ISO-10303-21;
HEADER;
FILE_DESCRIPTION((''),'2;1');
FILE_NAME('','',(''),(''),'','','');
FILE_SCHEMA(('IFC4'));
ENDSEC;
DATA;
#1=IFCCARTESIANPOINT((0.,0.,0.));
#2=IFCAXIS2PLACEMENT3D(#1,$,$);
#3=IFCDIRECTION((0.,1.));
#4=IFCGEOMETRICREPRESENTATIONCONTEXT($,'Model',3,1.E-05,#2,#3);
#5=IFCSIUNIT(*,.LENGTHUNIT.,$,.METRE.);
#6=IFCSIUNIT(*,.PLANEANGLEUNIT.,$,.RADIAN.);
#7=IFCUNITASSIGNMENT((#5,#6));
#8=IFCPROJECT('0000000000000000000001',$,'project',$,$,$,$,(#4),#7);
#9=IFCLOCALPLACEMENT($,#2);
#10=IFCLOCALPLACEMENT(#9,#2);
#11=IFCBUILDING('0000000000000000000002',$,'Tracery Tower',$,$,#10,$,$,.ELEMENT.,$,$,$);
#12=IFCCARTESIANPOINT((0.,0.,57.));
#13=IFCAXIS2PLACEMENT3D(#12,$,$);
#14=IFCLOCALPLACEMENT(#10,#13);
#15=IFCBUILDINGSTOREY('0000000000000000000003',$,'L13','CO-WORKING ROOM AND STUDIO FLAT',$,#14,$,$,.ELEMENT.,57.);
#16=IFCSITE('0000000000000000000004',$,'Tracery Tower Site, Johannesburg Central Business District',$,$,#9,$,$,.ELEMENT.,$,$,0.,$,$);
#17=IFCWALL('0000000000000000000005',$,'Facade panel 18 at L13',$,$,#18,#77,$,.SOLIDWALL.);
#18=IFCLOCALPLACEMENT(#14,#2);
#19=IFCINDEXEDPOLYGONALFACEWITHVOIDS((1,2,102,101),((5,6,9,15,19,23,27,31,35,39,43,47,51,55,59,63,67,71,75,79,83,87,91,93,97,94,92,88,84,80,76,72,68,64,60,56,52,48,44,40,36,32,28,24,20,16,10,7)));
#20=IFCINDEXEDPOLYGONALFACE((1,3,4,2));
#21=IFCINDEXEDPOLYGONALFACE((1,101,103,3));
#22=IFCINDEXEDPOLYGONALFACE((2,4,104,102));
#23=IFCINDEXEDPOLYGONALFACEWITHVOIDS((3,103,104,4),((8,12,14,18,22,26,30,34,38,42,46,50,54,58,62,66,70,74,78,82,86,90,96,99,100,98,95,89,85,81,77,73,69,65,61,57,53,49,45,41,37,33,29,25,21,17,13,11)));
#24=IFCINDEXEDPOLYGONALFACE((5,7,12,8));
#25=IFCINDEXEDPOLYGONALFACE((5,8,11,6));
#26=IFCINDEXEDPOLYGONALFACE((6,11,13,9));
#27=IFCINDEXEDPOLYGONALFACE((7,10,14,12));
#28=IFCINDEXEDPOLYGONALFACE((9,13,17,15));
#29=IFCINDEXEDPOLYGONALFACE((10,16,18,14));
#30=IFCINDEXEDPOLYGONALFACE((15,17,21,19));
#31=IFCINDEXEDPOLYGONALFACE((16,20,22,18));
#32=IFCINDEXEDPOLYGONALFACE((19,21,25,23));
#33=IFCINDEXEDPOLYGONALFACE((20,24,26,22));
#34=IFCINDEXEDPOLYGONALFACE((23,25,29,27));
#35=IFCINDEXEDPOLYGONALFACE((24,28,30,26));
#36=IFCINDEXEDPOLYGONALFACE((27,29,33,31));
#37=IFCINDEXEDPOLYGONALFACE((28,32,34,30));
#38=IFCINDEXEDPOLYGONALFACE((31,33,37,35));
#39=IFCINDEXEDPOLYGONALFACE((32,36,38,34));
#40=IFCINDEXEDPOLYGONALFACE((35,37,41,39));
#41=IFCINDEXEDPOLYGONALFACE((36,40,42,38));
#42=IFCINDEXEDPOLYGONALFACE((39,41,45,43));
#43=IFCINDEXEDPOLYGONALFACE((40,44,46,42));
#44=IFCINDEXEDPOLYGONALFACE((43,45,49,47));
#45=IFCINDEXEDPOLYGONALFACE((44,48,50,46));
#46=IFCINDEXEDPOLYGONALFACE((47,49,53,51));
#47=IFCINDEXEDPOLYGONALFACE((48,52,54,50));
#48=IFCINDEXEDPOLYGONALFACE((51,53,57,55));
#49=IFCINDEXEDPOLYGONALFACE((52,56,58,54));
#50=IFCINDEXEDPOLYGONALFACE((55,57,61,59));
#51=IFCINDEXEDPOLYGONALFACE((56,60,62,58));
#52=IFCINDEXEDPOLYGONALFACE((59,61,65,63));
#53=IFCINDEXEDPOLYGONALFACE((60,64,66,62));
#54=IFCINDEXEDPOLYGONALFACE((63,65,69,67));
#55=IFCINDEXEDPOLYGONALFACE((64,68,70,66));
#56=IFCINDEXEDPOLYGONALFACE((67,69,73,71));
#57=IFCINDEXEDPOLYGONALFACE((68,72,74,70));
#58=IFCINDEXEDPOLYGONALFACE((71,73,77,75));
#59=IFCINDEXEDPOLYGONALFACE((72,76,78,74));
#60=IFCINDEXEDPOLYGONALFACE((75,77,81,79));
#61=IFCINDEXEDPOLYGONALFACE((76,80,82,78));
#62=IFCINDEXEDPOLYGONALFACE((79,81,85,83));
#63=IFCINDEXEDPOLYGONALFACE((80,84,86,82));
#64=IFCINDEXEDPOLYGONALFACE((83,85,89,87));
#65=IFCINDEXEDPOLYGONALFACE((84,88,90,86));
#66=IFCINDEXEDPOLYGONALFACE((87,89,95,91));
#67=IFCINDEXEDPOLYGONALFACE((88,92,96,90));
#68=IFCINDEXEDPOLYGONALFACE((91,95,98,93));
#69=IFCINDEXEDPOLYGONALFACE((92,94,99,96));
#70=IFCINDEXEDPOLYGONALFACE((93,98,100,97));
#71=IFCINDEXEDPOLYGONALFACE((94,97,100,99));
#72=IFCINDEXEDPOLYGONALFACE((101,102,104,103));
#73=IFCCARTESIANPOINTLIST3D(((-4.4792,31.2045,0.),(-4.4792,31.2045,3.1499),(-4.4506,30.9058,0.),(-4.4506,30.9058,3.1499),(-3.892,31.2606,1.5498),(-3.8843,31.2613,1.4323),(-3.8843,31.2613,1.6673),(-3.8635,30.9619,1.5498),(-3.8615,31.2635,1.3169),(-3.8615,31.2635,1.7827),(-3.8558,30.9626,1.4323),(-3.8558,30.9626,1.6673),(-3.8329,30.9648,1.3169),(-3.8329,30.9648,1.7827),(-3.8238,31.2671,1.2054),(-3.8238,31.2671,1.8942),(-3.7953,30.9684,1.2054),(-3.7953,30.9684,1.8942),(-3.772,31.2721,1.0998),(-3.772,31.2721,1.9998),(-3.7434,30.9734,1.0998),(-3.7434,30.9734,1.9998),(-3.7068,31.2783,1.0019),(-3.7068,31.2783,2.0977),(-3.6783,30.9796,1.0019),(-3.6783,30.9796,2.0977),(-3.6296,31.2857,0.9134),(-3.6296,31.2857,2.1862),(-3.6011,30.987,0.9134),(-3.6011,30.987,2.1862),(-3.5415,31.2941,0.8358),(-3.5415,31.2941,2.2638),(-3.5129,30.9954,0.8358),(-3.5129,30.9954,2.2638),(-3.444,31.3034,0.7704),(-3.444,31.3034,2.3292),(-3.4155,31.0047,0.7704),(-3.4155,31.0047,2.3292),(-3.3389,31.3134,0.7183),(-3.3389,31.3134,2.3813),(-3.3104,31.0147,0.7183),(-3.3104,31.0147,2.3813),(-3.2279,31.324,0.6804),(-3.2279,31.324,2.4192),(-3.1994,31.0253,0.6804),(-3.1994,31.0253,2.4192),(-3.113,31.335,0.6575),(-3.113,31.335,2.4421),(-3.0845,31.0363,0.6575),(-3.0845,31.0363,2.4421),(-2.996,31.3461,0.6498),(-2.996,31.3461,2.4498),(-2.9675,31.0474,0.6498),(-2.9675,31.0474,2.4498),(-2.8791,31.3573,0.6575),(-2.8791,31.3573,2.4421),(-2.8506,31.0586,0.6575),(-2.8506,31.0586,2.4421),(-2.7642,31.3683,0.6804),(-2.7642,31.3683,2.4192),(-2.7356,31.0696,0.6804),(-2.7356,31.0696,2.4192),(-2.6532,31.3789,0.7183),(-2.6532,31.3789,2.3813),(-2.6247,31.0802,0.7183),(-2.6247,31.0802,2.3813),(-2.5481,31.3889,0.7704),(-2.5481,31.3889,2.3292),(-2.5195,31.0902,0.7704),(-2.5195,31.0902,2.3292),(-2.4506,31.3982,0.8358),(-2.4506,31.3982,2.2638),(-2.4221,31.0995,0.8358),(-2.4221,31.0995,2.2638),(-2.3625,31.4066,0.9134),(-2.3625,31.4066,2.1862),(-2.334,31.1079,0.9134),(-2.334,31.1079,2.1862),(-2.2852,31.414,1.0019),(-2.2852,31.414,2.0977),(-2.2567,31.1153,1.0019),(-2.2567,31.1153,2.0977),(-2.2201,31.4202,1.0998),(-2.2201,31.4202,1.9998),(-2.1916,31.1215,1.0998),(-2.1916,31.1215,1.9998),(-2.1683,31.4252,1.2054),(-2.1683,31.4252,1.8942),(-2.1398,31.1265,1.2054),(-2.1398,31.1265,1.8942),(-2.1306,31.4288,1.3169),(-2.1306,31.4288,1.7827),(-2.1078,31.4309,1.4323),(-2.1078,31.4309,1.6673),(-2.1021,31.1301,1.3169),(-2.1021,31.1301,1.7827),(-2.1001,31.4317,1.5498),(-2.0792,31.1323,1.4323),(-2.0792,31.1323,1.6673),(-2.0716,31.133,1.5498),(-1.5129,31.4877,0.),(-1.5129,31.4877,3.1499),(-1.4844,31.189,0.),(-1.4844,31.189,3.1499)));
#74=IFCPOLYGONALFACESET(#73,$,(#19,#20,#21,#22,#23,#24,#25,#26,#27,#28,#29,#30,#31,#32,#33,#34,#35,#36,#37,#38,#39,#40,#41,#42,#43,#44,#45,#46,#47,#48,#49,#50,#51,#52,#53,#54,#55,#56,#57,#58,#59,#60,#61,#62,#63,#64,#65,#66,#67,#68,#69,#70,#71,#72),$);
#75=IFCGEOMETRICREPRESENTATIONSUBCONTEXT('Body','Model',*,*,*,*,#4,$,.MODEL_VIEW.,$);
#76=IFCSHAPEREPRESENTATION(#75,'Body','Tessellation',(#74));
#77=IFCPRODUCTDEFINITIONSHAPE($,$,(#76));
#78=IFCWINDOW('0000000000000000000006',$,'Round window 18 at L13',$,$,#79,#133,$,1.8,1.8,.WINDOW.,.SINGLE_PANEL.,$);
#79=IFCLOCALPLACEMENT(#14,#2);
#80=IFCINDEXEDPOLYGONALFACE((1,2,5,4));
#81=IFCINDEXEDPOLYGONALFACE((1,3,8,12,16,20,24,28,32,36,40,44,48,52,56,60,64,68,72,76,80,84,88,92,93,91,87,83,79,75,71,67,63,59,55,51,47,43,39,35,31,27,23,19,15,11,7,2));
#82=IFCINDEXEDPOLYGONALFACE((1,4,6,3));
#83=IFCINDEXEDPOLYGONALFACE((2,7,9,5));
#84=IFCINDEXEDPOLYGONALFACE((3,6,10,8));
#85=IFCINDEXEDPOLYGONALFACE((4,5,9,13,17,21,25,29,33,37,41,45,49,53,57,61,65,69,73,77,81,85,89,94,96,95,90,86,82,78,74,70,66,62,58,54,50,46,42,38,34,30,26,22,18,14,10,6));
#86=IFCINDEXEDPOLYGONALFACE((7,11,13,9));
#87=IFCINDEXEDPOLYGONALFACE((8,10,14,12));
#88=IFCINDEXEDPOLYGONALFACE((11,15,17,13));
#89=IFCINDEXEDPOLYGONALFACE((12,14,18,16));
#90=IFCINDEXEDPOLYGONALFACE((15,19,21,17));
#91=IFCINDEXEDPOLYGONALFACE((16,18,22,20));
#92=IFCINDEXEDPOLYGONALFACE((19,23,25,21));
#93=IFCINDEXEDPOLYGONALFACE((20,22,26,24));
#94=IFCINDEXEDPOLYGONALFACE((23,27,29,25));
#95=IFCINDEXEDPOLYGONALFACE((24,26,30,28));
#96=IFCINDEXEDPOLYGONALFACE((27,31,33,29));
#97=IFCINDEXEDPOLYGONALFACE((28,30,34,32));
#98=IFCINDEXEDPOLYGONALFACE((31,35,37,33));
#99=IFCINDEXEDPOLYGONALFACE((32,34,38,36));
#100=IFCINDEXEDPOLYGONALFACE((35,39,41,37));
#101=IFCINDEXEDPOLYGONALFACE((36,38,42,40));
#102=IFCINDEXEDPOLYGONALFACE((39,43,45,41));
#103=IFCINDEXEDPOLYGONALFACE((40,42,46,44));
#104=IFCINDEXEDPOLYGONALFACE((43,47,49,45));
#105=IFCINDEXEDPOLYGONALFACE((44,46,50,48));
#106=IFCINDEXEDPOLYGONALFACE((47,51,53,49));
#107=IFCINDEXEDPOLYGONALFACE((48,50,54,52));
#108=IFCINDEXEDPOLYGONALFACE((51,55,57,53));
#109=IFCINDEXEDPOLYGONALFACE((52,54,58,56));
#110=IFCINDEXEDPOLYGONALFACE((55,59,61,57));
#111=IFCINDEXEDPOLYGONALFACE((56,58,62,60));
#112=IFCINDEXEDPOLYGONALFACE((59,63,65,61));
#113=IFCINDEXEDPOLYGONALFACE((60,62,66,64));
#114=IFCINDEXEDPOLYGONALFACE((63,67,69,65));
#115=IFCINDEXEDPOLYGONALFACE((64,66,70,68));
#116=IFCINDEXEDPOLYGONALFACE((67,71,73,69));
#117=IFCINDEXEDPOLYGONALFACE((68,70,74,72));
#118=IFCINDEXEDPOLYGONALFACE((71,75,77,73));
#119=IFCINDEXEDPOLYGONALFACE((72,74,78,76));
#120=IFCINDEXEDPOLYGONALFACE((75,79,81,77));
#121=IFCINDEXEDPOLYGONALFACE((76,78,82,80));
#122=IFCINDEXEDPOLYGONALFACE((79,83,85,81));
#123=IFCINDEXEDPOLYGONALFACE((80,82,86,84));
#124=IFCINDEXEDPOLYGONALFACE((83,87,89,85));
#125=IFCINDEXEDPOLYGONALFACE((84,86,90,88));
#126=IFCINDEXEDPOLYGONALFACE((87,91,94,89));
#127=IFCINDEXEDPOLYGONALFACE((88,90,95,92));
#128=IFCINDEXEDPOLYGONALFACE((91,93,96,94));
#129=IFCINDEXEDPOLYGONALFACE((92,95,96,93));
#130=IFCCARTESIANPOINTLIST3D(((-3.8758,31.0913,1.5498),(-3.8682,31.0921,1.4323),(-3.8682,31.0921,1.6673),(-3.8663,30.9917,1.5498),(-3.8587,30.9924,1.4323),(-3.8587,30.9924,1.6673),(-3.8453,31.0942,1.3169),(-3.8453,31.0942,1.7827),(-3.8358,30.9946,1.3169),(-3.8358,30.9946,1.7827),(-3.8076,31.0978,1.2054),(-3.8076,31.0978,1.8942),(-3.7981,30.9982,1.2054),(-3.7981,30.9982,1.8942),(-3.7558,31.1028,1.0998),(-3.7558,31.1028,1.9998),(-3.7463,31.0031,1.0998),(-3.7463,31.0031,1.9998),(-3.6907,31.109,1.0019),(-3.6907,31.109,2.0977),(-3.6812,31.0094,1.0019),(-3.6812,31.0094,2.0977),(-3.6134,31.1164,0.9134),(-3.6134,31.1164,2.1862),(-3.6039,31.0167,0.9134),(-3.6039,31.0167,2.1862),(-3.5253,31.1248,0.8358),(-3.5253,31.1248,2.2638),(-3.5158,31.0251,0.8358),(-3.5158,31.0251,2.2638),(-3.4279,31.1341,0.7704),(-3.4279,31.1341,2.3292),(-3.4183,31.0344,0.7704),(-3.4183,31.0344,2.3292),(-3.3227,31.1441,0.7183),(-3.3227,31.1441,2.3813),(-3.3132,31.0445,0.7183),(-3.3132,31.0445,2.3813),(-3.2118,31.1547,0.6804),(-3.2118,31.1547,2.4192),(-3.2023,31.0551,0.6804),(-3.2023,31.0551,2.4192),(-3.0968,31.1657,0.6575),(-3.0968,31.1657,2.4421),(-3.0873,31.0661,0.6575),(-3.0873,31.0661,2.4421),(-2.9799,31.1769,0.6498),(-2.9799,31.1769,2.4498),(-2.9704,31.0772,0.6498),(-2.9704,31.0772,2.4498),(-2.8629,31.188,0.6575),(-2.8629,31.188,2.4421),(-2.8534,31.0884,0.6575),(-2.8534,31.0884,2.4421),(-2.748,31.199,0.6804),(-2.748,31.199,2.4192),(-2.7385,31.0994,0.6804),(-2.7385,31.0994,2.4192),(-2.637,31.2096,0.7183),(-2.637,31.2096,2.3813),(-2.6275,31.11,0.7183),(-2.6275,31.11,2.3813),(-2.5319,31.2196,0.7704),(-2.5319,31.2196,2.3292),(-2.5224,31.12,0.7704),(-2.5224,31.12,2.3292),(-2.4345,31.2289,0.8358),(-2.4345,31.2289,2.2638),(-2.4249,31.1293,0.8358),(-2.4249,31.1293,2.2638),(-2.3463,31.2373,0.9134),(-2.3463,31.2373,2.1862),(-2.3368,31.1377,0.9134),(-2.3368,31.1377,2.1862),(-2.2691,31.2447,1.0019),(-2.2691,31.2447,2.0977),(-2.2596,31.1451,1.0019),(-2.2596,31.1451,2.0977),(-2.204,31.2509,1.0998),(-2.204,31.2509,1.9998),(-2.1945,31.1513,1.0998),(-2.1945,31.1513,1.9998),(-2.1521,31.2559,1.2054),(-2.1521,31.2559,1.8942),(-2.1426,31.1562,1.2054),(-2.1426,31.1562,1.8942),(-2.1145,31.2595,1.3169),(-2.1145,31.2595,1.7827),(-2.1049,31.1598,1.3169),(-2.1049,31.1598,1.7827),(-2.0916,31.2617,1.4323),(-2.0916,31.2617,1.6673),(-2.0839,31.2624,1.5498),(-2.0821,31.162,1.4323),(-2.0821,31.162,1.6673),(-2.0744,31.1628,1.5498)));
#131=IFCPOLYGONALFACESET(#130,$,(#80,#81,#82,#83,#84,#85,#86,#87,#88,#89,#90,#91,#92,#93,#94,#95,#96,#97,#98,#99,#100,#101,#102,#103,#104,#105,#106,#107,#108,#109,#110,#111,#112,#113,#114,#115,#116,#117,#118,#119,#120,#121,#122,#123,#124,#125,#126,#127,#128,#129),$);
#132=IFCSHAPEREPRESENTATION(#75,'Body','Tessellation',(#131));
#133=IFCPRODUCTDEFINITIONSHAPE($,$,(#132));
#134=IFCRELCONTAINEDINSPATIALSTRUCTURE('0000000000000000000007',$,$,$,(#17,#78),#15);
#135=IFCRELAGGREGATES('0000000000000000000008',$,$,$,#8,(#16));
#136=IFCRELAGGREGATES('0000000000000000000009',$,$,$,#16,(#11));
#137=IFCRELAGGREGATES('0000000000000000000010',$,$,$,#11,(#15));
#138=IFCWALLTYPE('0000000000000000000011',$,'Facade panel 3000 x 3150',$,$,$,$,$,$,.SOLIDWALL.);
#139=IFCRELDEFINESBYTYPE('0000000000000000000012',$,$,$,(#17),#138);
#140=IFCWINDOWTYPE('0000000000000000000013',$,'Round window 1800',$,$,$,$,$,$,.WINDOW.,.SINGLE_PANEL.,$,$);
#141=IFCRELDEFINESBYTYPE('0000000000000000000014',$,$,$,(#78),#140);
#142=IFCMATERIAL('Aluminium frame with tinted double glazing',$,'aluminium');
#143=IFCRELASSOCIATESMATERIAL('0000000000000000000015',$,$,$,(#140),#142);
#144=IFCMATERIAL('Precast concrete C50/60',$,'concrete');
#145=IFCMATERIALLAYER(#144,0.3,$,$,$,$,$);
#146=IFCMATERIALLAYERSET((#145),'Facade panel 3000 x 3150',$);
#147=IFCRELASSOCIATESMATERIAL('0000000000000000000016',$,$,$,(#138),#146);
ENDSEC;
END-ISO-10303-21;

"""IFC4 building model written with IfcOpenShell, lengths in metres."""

from ifc_helpers import new_model, si_unit, direction, frame, frame_2d, origin, origin_2d, place, context, subcontext, project, spatial, rectangle, circle, extrude, material, layer, layer_set, type_object, element, fill, save


model = new_model("IFC4")

# Units and contexts
model_context = context("Model", 3, precision=1e-05, world=origin(), true_north=direction((0.0, 1.0)))
body_context = subcontext(model_context, "Body", "Model", "MODEL_VIEW")
ifc_project = project(units=[si_unit("LENGTHUNIT", "METRE"), si_unit("PLANEANGLEUNIT", "RADIAN")], contexts=[model_context])

# Site, building, storey
site_placement = place(None, origin())
site = spatial("IfcSite", under=ifc_project, at=site_placement, Name="Tracery Tower Site, Johannesburg Central Business District", CompositionType="ELEMENT", RefElevation=0.0)
building_placement = place(site_placement, origin())
building = spatial("IfcBuilding", under=site, at=building_placement, Name="Tracery Tower", CompositionType="ELEMENT")
storey_placement = place(building_placement, frame((0.0, 0.0, 57.0)))
storey = spatial("IfcBuildingStorey", under=building, at=storey_placement, Name="L13", Description="CO-WORKING ROOM AND STUDIO FLAT", CompositionType="ELEMENT", Elevation=57.0)

# Wall, opening, window
ifc_material_1 = material(Name="Aluminium frame with tinted double glazing", Category="aluminium")
window_type = type_object("IfcWindowType", Name="Round window 1800", PartitioningType="SINGLE_PANEL", PredefinedType="WINDOW", material=ifc_material_1)
ifc_material_2 = material(Name="Precast concrete C50/60", Category="concrete")
ifc_layer_1 = layer(ifc_material_2, 0.3)
ifc_layer_set_1 = layer_set([ifc_layer_1], Name="Facade panel 3000 x 3150")
wall_type_1 = type_object("IfcWallType", Name="Facade panel 3000 x 3150", PredefinedType="SOLIDWALL", material=ifc_layer_set_1)
wall_1_placement = place(storey_placement, frame((-1.4988, 31.3384, 0.0), z_axis=(0.0, 0.0, 1.0), x_axis=(-0.995473, -0.095041, 0.0)))
wall_1 = element("IfcWall", 1, at=wall_1_placement, inside=storey, type_object=wall_type_1, Name="Facade panel 18 at L13", PredefinedType="SOLIDWALL", context=body_context, shape_type="SweptSolid", body=[
    extrude(rectangle(XDim=2.9797, YDim=0.3, at=frame_2d((1.4897, 0.0))), origin(), (0.0, 0.0, 1.0), 3.1499),
])
opening_1_placement = place(wall_1_placement, frame((1.4897, 0.0, 1.5498)))
opening_1 = element("IfcOpeningElement", 2, at=opening_1_placement, cuts=wall_1, PredefinedType="OPENING", context=body_context, shape_type="SweptSolid", body=[
    extrude(circle(Radius=0.9, at=origin_2d()), frame((0.0, 0.1599, 0.0), z_axis=(0.0, -1.0, 0.0), x_axis=(1.0, 0.0, 0.0)), (0.0, 0.0, 1.0), 0.3201),
])
window_1_placement = place(opening_1_placement, origin())
window_1 = element("IfcWindow", 3, at=window_1_placement, inside=storey, type_object=window_type, Name="Round window 18 at L13", OverallHeight=1.8, OverallWidth=1.8, PartitioningType="SINGLE_PANEL", PredefinedType="WINDOW", context=body_context, shape_type="SweptSolid", body=[
    extrude(circle(Radius=0.9, at=origin_2d()), frame((0.0, 0.1201, 0.0), z_axis=(0.0, -1.0, 0.0), x_axis=(1.0, 0.0, 0.0)), (0.0, 0.0, 1.0), 0.1001),
])
fill(opening_1, window_1)

save(model, "model.ifc")
